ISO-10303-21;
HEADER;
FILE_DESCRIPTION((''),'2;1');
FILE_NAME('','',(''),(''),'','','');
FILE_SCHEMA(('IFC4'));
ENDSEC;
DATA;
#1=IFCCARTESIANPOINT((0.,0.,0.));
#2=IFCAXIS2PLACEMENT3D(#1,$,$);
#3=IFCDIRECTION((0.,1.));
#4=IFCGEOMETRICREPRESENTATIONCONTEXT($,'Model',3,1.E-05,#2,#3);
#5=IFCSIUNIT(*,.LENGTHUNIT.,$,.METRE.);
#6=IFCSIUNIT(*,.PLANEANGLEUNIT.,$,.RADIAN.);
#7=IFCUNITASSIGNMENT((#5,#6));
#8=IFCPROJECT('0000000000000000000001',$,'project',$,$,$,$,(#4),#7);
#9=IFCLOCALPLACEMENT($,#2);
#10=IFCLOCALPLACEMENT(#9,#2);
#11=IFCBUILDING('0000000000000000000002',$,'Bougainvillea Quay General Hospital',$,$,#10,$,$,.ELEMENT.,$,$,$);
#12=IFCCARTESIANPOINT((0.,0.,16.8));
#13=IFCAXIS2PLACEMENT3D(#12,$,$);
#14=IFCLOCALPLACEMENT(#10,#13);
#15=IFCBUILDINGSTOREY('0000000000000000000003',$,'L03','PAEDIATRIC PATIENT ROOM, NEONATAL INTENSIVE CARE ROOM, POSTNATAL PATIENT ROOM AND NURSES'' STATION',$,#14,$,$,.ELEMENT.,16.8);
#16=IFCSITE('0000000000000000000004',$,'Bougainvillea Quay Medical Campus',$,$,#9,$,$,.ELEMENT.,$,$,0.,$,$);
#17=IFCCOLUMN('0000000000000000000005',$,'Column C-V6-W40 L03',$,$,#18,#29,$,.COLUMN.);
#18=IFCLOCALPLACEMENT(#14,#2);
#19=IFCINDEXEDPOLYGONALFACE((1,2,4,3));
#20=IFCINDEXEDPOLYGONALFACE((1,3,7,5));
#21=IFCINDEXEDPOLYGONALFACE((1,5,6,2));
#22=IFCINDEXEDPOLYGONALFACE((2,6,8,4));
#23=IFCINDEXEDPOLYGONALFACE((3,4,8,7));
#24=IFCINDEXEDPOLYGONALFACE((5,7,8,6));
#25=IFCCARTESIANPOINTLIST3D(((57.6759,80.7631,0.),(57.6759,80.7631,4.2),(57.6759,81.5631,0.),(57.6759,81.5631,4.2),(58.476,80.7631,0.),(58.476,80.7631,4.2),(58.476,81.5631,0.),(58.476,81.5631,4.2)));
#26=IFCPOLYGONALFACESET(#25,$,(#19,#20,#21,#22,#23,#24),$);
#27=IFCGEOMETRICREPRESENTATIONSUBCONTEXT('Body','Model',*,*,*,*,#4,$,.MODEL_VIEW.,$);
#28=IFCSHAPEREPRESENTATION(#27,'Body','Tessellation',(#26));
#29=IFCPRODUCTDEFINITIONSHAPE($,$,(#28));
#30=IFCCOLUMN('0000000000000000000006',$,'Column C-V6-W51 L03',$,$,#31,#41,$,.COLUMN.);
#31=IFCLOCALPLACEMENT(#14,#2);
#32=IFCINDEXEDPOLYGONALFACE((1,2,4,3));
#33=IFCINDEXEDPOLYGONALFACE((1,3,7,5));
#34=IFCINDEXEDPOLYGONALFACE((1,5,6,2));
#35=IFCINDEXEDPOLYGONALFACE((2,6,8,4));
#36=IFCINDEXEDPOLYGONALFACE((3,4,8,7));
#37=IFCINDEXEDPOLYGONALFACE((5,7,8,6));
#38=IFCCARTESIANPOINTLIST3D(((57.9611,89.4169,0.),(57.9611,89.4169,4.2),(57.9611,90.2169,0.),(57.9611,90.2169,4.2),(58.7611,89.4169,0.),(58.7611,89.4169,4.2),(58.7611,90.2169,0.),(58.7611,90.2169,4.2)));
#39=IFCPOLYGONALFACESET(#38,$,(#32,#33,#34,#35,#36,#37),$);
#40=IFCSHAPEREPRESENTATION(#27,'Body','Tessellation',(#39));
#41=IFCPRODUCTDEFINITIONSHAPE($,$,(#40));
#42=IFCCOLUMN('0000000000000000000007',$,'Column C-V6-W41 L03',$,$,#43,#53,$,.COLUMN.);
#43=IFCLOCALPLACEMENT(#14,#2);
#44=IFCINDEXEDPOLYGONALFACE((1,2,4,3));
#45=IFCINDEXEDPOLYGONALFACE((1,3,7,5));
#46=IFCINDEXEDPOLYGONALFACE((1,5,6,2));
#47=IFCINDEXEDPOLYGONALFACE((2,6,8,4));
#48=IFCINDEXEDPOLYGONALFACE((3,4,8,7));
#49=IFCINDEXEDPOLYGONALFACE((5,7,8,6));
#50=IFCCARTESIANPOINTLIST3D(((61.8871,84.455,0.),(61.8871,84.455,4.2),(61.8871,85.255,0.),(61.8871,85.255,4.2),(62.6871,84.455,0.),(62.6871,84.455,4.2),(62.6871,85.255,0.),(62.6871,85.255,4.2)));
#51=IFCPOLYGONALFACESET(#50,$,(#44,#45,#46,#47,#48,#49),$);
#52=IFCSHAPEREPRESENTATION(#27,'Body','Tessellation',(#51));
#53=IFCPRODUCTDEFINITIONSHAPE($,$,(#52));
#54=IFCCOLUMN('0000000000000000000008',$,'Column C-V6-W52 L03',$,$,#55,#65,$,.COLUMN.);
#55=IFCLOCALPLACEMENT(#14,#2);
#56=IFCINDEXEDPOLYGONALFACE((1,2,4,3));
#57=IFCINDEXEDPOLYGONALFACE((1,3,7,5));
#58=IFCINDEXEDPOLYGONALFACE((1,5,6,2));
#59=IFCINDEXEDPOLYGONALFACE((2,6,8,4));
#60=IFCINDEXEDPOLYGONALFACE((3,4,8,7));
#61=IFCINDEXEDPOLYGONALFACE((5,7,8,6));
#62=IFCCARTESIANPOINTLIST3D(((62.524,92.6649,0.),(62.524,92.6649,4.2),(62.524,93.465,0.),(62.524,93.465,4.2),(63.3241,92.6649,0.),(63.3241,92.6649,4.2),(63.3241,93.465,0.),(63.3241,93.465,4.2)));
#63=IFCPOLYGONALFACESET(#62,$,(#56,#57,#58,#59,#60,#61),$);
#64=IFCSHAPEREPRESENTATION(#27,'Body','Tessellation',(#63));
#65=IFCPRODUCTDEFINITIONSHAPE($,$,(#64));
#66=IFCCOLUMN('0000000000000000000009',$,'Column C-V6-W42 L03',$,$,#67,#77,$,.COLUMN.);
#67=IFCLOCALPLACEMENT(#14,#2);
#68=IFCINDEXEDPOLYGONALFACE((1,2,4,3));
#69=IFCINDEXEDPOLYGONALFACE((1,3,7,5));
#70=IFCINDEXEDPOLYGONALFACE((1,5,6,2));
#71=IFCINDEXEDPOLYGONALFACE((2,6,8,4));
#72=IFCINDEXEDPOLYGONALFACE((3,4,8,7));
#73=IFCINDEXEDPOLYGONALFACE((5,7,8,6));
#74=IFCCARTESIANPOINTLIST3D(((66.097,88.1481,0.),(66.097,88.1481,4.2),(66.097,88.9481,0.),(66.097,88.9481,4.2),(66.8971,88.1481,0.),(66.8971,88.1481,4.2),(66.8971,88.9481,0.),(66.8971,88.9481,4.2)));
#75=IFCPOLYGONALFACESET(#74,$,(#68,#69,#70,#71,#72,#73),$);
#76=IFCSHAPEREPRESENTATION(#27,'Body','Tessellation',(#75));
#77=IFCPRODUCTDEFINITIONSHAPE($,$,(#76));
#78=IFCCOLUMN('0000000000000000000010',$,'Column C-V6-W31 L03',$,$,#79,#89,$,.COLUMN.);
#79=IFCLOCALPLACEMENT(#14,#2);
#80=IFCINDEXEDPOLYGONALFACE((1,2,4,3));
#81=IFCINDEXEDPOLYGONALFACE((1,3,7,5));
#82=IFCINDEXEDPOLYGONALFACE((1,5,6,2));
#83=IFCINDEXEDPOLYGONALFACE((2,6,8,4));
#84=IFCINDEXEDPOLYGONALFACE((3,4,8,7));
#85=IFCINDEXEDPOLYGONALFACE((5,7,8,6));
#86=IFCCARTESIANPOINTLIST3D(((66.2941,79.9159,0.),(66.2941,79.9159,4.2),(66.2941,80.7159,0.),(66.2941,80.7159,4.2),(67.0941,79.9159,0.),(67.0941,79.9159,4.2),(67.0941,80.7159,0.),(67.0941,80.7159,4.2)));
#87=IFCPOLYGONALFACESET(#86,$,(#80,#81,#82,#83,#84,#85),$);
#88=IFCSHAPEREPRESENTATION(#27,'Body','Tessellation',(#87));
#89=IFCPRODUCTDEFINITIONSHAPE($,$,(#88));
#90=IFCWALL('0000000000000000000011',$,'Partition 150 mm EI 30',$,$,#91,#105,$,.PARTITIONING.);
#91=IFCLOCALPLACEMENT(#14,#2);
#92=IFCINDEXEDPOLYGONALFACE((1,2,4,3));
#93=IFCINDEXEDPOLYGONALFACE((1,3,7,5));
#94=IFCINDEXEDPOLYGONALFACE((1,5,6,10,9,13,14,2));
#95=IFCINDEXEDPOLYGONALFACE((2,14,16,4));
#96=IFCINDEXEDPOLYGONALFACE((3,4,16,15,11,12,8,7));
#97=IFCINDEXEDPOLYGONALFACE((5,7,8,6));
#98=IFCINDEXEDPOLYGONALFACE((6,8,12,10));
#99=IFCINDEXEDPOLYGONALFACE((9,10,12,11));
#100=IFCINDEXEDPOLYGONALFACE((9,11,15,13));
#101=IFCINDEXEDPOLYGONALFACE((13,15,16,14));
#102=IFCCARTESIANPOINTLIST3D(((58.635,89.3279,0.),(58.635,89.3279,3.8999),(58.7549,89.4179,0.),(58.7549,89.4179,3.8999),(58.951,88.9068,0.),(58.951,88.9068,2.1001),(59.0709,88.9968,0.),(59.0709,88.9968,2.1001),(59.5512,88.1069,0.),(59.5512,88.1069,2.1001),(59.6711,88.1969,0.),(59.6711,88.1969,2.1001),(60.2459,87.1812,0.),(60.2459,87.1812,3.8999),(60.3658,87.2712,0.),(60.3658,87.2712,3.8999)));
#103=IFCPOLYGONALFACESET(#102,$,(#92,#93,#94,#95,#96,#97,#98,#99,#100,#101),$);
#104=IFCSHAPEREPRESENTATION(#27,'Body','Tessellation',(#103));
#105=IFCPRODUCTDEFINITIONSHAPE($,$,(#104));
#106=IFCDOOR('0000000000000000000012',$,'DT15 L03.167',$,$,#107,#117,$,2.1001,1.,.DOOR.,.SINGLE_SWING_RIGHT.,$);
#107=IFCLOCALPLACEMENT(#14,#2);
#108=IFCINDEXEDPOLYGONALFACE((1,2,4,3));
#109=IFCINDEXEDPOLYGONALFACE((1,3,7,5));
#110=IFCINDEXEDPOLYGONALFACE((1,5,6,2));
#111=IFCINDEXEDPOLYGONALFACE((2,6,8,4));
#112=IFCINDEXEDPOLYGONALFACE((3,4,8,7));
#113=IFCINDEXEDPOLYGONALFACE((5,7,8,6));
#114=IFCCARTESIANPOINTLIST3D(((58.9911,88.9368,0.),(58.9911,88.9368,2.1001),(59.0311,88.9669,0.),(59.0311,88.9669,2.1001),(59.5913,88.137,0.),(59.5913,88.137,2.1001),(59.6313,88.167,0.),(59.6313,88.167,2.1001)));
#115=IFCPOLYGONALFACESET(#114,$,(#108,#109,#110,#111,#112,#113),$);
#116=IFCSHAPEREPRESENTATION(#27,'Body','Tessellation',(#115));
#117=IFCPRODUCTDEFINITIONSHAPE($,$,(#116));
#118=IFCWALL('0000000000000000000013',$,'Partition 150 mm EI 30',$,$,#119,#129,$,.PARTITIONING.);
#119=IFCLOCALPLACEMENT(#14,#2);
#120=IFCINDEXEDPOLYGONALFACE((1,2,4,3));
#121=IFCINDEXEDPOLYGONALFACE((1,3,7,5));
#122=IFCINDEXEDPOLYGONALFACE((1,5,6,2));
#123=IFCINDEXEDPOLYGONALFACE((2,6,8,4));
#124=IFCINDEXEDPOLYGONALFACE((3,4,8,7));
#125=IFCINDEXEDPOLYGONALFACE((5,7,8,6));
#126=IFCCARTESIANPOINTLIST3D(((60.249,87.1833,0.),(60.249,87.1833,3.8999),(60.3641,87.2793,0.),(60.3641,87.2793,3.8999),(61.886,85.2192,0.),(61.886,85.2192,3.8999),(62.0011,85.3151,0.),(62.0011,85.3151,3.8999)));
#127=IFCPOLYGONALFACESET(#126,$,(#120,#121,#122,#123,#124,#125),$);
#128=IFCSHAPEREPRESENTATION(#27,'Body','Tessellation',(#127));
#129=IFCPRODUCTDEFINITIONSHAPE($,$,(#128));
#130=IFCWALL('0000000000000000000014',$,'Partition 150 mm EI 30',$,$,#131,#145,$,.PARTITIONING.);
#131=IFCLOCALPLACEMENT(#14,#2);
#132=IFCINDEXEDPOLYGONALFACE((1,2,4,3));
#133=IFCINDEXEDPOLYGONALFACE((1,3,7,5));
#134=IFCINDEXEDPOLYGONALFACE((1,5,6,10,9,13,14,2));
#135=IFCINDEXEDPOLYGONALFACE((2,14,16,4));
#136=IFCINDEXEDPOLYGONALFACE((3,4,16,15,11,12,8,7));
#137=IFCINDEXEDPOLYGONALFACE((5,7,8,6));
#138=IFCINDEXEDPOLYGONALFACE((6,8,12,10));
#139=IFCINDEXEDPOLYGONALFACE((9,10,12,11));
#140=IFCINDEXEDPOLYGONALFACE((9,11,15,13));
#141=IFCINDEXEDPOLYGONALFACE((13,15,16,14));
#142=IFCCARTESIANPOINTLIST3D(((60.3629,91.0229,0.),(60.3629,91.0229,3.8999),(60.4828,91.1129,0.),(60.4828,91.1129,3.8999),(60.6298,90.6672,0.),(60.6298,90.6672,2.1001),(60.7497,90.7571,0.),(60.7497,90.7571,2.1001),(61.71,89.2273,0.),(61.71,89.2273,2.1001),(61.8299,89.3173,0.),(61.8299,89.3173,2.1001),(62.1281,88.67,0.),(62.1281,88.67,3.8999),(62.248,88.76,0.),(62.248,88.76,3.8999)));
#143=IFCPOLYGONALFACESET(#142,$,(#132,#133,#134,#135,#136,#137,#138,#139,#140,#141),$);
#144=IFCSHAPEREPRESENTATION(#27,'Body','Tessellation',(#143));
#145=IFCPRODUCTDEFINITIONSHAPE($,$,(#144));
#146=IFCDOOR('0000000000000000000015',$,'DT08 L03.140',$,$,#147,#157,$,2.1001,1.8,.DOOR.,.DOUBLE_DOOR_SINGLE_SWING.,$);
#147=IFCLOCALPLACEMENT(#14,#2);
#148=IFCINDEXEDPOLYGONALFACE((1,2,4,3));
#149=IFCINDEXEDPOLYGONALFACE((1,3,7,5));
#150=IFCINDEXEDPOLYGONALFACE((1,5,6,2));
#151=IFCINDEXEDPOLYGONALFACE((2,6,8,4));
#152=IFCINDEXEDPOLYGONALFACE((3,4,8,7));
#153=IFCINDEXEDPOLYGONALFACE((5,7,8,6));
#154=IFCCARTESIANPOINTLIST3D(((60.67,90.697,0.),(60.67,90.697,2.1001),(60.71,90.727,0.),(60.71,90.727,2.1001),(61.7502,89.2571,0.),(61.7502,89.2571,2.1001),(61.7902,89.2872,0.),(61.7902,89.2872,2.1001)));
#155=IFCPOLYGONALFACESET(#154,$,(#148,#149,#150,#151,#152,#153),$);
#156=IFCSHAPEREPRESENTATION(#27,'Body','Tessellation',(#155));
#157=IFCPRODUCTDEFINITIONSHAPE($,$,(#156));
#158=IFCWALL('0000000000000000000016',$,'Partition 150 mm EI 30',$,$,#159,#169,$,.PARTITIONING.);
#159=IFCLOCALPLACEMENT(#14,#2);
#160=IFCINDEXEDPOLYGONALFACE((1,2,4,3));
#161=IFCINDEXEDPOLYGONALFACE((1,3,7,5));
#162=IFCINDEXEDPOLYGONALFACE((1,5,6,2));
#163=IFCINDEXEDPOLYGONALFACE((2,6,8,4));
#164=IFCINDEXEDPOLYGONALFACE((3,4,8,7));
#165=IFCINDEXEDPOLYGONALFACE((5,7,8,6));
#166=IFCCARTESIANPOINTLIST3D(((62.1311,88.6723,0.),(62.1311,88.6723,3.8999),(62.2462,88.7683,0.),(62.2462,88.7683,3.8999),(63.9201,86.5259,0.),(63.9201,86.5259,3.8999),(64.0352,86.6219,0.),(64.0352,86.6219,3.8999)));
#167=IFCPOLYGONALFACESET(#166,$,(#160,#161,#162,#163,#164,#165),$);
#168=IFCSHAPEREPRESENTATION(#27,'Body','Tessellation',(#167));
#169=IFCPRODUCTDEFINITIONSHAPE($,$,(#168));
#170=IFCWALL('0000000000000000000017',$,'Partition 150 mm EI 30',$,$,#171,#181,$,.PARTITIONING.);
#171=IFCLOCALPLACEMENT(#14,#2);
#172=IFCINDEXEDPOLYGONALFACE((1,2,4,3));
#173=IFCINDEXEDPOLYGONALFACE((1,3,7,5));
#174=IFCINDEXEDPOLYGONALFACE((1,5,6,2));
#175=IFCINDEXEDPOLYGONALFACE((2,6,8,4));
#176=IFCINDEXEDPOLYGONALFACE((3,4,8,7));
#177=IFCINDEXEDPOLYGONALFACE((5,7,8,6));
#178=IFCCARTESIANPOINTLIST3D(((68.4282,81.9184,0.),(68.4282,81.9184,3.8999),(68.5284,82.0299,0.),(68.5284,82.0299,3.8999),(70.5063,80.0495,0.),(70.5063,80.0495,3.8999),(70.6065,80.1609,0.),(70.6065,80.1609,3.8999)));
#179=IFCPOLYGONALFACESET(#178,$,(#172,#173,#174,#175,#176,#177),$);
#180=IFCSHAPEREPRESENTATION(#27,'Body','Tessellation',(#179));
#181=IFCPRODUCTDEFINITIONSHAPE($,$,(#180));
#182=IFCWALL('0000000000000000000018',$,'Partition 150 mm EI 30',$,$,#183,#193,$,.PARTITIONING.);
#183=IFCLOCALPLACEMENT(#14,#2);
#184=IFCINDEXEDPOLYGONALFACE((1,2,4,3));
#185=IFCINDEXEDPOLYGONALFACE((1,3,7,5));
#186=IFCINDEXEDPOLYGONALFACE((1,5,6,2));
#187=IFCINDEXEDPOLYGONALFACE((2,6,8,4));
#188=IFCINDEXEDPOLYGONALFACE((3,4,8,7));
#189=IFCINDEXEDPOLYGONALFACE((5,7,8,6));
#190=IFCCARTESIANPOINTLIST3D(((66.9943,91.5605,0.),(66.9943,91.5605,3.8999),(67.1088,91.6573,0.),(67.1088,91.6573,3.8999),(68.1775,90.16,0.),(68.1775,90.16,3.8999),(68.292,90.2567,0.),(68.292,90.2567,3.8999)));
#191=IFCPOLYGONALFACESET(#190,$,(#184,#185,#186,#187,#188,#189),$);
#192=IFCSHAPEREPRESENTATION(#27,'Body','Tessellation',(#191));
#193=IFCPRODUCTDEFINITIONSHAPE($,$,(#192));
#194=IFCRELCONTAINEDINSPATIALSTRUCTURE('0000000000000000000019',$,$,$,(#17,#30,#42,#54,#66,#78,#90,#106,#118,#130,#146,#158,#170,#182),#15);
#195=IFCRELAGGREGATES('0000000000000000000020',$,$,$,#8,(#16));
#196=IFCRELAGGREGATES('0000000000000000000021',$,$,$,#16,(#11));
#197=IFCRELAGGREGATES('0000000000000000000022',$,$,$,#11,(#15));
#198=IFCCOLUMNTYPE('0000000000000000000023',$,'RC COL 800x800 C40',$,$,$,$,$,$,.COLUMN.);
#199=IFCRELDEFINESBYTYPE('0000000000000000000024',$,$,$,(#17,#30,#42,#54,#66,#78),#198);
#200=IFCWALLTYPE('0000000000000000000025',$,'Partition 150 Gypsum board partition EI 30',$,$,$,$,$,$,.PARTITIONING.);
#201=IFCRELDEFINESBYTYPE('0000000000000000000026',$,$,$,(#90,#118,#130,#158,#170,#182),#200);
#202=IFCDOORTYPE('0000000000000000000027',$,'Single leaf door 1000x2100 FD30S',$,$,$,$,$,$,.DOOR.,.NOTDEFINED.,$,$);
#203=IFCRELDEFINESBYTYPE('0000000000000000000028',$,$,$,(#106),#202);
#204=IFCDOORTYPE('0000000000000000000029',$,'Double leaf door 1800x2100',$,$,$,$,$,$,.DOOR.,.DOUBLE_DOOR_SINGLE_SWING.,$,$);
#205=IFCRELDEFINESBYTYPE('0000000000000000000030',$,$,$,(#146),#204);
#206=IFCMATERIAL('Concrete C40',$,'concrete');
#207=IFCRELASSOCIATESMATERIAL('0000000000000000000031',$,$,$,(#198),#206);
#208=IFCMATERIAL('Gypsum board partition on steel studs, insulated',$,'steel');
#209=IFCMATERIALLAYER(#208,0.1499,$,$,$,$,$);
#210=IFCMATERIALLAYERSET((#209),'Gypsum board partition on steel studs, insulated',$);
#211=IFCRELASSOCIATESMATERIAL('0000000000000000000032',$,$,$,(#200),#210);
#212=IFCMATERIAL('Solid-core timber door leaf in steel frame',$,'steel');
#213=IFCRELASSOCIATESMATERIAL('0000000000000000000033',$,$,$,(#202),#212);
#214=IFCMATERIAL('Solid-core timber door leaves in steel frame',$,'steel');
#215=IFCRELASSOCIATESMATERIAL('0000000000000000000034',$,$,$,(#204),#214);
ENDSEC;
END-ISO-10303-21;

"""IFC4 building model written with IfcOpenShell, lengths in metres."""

from ifc_helpers import new_model, si_unit, direction, frame, frame_2d, origin, origin_2d, place, context, subcontext, project, spatial, rectangle, extrude, material, layer, layer_set, material_profile, profile_set, type_object, element, fill, save


model = new_model("IFC4")

# Units and contexts
model_context = context("Model", 3, precision=1e-05, world=origin(), true_north=direction((0.0, 1.0)))
body_context = subcontext(model_context, "Body", "Model", "MODEL_VIEW")
ifc_project = project(units=[si_unit("LENGTHUNIT", "METRE"), si_unit("PLANEANGLEUNIT", "RADIAN")], contexts=[model_context])

# Site, building, storey
site_placement = place(None, origin())
site = spatial("IfcSite", under=ifc_project, at=site_placement, Name="Bougainvillea Quay Medical Campus", CompositionType="ELEMENT", RefElevation=0.0)
building_placement = place(site_placement, origin())
building = spatial("IfcBuilding", under=site, at=building_placement, Name="Bougainvillea Quay General Hospital", CompositionType="ELEMENT")
storey_placement = place(building_placement, frame((0.0, 0.0, 16.8)))
storey = spatial("IfcBuildingStorey", under=building, at=storey_placement, Name="L03", Description="PAEDIATRIC PATIENT ROOM, NEONATAL INTENSIVE CARE ROOM, POSTNATAL PATIENT ROOM AND NURSES' STATION", CompositionType="ELEMENT", Elevation=16.8)

# Columns
ifc_material_1 = material(Name="Concrete C40", Category="concrete")
ifc_material_profile = material_profile(ifc_material_1, rectangle(XDim=0.8, YDim=0.8, at=origin_2d()))
ifc_profile_set = profile_set([ifc_material_profile], Name="Concrete C40")
column_type = type_object("IfcColumnType", Name="RC COL 800x800 C40", PredefinedType="COLUMN", material=ifc_profile_set)
for number, where, z_axis, x_axis, name in (
    (1, (58.0759, 81.1631, 0.0), (0.0, 0.0, 1.0), (1.0, 0.0, 0.0), "Column C-V6-W40 L03"),
    (2, (58.3611, 89.8169, 0.0), (0.0, 0.0, 1.0), (1.0, 0.0, 0.0), "Column C-V6-W51 L03"),
    (3, (62.2871, 84.855, 0.0), (0.0, 0.0, 1.0), (1.0, 0.0, 0.0), "Column C-V6-W41 L03"),
    (4, (62.9241, 93.0649, 0.0), (0.0, 0.0, 1.0), (1.0, 0.0, 0.0), "Column C-V6-W52 L03"),
    (5, (66.4971, 88.5481, 0.0), (0.0, 0.0, 1.0), (1.0, 0.0, 0.0), "Column C-V6-W42 L03"),
    (6, (66.6941, 80.3159, 0.0), (0.0, 0.0, 1.0), (1.0, 0.0, 0.0), "Column C-V6-W31 L03"),
):
    element("IfcColumn", number, at=place(storey_placement, frame(where, z_axis=z_axis, x_axis=x_axis)), inside=storey, type_object=column_type, Name=name, PredefinedType="COLUMN", context=body_context, shape_type="SweptSolid", body=[
        extrude(rectangle(XDim=0.8, YDim=0.8, at=origin_2d()), origin(), (0.0, 0.0, 1.0), 4.2),
    ])

# Wall, opening, door
ifc_material_2 = material(Name="Gypsum board partition on steel studs, insulated", Category="steel")
ifc_layer_1 = layer(ifc_material_2, 0.1499)
ifc_layer_set_1 = layer_set([ifc_layer_1], Name="Gypsum board partition on steel studs, insulated")
wall_type_1 = type_object("IfcWallType", Name="Partition 150 Gypsum board partition EI 30", PredefinedType="PARTITIONING", material=ifc_layer_set_1)
wall_1_placement = place(storey_placement, frame((58.6951, 89.3728, 0.0), z_axis=(0.0, 0.0, 1.0), x_axis=(0.600189, -0.799858, 0.0)))
wall_1 = element("IfcWall", 7, at=wall_1_placement, inside=storey, type_object=wall_type_1, Name="Partition 150 mm EI 30", PredefinedType="PARTITIONING", context=body_context, shape_type="SweptSolid", body=[
    extrude(rectangle(XDim=2.6838, YDim=0.1499, at=frame_2d((1.3418, 0.0))), origin(), (0.0, 0.0, 1.0), 3.8999),
])
opening_1_placement = place(wall_1_placement, frame((0.5264, 0.0, 0.0)))
opening_1 = element("IfcOpeningElement", 8, at=opening_1_placement, cuts=wall_1, PredefinedType="OPENING", context=body_context, shape_type="SweptSolid", body=[
    extrude(rectangle(XDim=1.0, YDim=2.1001, at=frame_2d((0.5, 1.05))), frame((0.0, 0.085, 0.0), z_axis=(0.0, -1.0, 0.0), x_axis=(1.0, 0.0, 0.0)), (0.0, 0.0, 1.0), 0.1699),
])
ifc_material_3 = material(Name="Solid-core timber door leaf in steel frame", Category="steel")
door_type_1 = type_object("IfcDoorType", Name="Single leaf door 1000x2100 FD30S", OperationType="NOTDEFINED", PredefinedType="DOOR", material=ifc_material_3)
door_1_placement = place(opening_1_placement, frame((1.0, 0.0, 0.0), z_axis=(0.0, 0.0, 1.0), x_axis=(-1.0, 0.0, 0.0)))
door_1 = element("IfcDoor", 9, at=door_1_placement, inside=storey, type_object=door_type_1, Name="DT15 L03.167", OperationType="SINGLE_SWING_RIGHT", OverallHeight=2.1001, OverallWidth=1.0, PredefinedType="DOOR", context=body_context, shape_type="SweptSolid", body=[
    extrude(rectangle(XDim=1.0, YDim=2.1001, at=frame_2d((0.5, 1.05))), frame((0.0, 0.0249, 0.0), z_axis=(0.0, -1.0, 0.0), x_axis=(1.0, 0.0, 0.0)), (0.0, 0.0, 1.0), 0.05),
])
fill(opening_1, door_1)

# Wall
wall_2_placement = place(storey_placement, frame((60.3066, 87.2312, 0.0), z_axis=(0.0, 0.0, 1.0), x_axis=(0.640231, -0.768182, 0.0)))
element("IfcWall", 10, at=wall_2_placement, inside=storey, type_object=wall_type_1, Name="Partition 150 mm EI 30", PredefinedType="PARTITIONING", context=body_context, shape_type="SweptSolid", body=[
    extrude(rectangle(XDim=2.5569, YDim=0.1499, at=frame_2d((1.2783, 0.0))), origin(), (0.0, 0.0, 1.0), 3.8999),
])

# Wall, opening, door
wall_3_placement = place(storey_placement, frame((60.4229, 91.0679, 0.0), z_axis=(0.0, 0.0, 1.0), x_axis=(0.60012, -0.79991, 0.0)))
wall_3 = element("IfcWall", 11, at=wall_3_placement, inside=storey, type_object=wall_type_1, Name="Partition 150 mm EI 30", PredefinedType="PARTITIONING", context=body_context, shape_type="SweptSolid", body=[
    extrude(rectangle(XDim=2.9414, YDim=0.1499, at=frame_2d((1.4707, 0.0))), origin(), (0.0, 0.0, 1.0), 3.8999),
])
opening_2_placement = place(wall_3_placement, frame((0.4448, 0.0, 0.0)))
opening_2 = element("IfcOpeningElement", 12, at=opening_2_placement, cuts=wall_3, PredefinedType="OPENING", context=body_context, shape_type="SweptSolid", body=[
    extrude(rectangle(XDim=1.8, YDim=2.1001, at=frame_2d((0.8999, 1.05))), frame((0.0, 0.085, 0.0), z_axis=(0.0, -1.0, 0.0), x_axis=(1.0, 0.0, 0.0)), (0.0, 0.0, 1.0), 0.1699),
])
ifc_material_4 = material(Name="Solid-core timber door leaves in steel frame", Category="steel")
door_type_2 = type_object("IfcDoorType", Name="Double leaf door 1800x2100", OperationType="DOUBLE_DOOR_SINGLE_SWING", PredefinedType="DOOR", material=ifc_material_4)
door_2_placement = place(opening_2_placement, frame((1.8, 0.0, 0.0), z_axis=(0.0, 0.0, 1.0), x_axis=(-1.0, 0.0, 0.0)))
door_2 = element("IfcDoor", 13, at=door_2_placement, inside=storey, type_object=door_type_2, Name="DT08 L03.140", OperationType="DOUBLE_DOOR_SINGLE_SWING", OverallHeight=2.1001, OverallWidth=1.8, PredefinedType="DOOR", context=body_context, shape_type="SweptSolid", body=[
    extrude(rectangle(XDim=1.8, YDim=2.1001, at=frame_2d((0.8999, 1.05))), frame((0.0, 0.0249, 0.0), z_axis=(0.0, -1.0, 0.0), x_axis=(1.0, 0.0, 0.0)), (0.0, 0.0, 1.0), 0.05),
])
fill(opening_2, door_2)

# Walls
wall_4_placement = place(storey_placement, frame((62.1887, 88.7202, 0.0), z_axis=(0.0, 0.0, 1.0), x_axis=(0.640253, -0.768164, 0.0)))
element("IfcWall", 14, at=wall_4_placement, inside=storey, type_object=wall_type_1, Name="Partition 150 mm EI 30", PredefinedType="PARTITIONING", context=body_context, shape_type="SweptSolid", body=[
    extrude(rectangle(XDim=2.7942, YDim=0.1499, at=frame_2d((1.397, 0.0))), origin(), (0.0, 0.0, 1.0), 3.8999),
])
wall_5_placement = place(storey_placement, frame((68.4783, 81.9741, 0.0), z_axis=(0.0, 0.0, 1.0), x_axis=(0.743546, -0.668685, 0.0)))
element("IfcWall", 15, at=wall_5_placement, inside=storey, type_object=wall_type_1, Name="Partition 150 mm EI 30", PredefinedType="PARTITIONING", context=body_context, shape_type="SweptSolid", body=[
    extrude(rectangle(XDim=2.7949, YDim=0.1499, at=frame_2d((1.3975, 0.0))), origin(), (0.0, 0.0, 1.0), 3.8999),
])
wall_6_placement = place(storey_placement, frame((67.0515, 91.6089, 0.0), z_axis=(0.0, 0.0, 1.0), x_axis=(0.645369, -0.763871, 0.0)))
element("IfcWall", 16, at=wall_6_placement, inside=storey, type_object=wall_type_1, Name="Partition 150 mm EI 30", PredefinedType="PARTITIONING", context=body_context, shape_type="SweptSolid", body=[
    extrude(rectangle(XDim=1.8335, YDim=0.1499, at=frame_2d((0.9167, 0.0))), origin(), (0.0, 0.0, 1.0), 3.8999),
])

save(model, "model.ifc")
